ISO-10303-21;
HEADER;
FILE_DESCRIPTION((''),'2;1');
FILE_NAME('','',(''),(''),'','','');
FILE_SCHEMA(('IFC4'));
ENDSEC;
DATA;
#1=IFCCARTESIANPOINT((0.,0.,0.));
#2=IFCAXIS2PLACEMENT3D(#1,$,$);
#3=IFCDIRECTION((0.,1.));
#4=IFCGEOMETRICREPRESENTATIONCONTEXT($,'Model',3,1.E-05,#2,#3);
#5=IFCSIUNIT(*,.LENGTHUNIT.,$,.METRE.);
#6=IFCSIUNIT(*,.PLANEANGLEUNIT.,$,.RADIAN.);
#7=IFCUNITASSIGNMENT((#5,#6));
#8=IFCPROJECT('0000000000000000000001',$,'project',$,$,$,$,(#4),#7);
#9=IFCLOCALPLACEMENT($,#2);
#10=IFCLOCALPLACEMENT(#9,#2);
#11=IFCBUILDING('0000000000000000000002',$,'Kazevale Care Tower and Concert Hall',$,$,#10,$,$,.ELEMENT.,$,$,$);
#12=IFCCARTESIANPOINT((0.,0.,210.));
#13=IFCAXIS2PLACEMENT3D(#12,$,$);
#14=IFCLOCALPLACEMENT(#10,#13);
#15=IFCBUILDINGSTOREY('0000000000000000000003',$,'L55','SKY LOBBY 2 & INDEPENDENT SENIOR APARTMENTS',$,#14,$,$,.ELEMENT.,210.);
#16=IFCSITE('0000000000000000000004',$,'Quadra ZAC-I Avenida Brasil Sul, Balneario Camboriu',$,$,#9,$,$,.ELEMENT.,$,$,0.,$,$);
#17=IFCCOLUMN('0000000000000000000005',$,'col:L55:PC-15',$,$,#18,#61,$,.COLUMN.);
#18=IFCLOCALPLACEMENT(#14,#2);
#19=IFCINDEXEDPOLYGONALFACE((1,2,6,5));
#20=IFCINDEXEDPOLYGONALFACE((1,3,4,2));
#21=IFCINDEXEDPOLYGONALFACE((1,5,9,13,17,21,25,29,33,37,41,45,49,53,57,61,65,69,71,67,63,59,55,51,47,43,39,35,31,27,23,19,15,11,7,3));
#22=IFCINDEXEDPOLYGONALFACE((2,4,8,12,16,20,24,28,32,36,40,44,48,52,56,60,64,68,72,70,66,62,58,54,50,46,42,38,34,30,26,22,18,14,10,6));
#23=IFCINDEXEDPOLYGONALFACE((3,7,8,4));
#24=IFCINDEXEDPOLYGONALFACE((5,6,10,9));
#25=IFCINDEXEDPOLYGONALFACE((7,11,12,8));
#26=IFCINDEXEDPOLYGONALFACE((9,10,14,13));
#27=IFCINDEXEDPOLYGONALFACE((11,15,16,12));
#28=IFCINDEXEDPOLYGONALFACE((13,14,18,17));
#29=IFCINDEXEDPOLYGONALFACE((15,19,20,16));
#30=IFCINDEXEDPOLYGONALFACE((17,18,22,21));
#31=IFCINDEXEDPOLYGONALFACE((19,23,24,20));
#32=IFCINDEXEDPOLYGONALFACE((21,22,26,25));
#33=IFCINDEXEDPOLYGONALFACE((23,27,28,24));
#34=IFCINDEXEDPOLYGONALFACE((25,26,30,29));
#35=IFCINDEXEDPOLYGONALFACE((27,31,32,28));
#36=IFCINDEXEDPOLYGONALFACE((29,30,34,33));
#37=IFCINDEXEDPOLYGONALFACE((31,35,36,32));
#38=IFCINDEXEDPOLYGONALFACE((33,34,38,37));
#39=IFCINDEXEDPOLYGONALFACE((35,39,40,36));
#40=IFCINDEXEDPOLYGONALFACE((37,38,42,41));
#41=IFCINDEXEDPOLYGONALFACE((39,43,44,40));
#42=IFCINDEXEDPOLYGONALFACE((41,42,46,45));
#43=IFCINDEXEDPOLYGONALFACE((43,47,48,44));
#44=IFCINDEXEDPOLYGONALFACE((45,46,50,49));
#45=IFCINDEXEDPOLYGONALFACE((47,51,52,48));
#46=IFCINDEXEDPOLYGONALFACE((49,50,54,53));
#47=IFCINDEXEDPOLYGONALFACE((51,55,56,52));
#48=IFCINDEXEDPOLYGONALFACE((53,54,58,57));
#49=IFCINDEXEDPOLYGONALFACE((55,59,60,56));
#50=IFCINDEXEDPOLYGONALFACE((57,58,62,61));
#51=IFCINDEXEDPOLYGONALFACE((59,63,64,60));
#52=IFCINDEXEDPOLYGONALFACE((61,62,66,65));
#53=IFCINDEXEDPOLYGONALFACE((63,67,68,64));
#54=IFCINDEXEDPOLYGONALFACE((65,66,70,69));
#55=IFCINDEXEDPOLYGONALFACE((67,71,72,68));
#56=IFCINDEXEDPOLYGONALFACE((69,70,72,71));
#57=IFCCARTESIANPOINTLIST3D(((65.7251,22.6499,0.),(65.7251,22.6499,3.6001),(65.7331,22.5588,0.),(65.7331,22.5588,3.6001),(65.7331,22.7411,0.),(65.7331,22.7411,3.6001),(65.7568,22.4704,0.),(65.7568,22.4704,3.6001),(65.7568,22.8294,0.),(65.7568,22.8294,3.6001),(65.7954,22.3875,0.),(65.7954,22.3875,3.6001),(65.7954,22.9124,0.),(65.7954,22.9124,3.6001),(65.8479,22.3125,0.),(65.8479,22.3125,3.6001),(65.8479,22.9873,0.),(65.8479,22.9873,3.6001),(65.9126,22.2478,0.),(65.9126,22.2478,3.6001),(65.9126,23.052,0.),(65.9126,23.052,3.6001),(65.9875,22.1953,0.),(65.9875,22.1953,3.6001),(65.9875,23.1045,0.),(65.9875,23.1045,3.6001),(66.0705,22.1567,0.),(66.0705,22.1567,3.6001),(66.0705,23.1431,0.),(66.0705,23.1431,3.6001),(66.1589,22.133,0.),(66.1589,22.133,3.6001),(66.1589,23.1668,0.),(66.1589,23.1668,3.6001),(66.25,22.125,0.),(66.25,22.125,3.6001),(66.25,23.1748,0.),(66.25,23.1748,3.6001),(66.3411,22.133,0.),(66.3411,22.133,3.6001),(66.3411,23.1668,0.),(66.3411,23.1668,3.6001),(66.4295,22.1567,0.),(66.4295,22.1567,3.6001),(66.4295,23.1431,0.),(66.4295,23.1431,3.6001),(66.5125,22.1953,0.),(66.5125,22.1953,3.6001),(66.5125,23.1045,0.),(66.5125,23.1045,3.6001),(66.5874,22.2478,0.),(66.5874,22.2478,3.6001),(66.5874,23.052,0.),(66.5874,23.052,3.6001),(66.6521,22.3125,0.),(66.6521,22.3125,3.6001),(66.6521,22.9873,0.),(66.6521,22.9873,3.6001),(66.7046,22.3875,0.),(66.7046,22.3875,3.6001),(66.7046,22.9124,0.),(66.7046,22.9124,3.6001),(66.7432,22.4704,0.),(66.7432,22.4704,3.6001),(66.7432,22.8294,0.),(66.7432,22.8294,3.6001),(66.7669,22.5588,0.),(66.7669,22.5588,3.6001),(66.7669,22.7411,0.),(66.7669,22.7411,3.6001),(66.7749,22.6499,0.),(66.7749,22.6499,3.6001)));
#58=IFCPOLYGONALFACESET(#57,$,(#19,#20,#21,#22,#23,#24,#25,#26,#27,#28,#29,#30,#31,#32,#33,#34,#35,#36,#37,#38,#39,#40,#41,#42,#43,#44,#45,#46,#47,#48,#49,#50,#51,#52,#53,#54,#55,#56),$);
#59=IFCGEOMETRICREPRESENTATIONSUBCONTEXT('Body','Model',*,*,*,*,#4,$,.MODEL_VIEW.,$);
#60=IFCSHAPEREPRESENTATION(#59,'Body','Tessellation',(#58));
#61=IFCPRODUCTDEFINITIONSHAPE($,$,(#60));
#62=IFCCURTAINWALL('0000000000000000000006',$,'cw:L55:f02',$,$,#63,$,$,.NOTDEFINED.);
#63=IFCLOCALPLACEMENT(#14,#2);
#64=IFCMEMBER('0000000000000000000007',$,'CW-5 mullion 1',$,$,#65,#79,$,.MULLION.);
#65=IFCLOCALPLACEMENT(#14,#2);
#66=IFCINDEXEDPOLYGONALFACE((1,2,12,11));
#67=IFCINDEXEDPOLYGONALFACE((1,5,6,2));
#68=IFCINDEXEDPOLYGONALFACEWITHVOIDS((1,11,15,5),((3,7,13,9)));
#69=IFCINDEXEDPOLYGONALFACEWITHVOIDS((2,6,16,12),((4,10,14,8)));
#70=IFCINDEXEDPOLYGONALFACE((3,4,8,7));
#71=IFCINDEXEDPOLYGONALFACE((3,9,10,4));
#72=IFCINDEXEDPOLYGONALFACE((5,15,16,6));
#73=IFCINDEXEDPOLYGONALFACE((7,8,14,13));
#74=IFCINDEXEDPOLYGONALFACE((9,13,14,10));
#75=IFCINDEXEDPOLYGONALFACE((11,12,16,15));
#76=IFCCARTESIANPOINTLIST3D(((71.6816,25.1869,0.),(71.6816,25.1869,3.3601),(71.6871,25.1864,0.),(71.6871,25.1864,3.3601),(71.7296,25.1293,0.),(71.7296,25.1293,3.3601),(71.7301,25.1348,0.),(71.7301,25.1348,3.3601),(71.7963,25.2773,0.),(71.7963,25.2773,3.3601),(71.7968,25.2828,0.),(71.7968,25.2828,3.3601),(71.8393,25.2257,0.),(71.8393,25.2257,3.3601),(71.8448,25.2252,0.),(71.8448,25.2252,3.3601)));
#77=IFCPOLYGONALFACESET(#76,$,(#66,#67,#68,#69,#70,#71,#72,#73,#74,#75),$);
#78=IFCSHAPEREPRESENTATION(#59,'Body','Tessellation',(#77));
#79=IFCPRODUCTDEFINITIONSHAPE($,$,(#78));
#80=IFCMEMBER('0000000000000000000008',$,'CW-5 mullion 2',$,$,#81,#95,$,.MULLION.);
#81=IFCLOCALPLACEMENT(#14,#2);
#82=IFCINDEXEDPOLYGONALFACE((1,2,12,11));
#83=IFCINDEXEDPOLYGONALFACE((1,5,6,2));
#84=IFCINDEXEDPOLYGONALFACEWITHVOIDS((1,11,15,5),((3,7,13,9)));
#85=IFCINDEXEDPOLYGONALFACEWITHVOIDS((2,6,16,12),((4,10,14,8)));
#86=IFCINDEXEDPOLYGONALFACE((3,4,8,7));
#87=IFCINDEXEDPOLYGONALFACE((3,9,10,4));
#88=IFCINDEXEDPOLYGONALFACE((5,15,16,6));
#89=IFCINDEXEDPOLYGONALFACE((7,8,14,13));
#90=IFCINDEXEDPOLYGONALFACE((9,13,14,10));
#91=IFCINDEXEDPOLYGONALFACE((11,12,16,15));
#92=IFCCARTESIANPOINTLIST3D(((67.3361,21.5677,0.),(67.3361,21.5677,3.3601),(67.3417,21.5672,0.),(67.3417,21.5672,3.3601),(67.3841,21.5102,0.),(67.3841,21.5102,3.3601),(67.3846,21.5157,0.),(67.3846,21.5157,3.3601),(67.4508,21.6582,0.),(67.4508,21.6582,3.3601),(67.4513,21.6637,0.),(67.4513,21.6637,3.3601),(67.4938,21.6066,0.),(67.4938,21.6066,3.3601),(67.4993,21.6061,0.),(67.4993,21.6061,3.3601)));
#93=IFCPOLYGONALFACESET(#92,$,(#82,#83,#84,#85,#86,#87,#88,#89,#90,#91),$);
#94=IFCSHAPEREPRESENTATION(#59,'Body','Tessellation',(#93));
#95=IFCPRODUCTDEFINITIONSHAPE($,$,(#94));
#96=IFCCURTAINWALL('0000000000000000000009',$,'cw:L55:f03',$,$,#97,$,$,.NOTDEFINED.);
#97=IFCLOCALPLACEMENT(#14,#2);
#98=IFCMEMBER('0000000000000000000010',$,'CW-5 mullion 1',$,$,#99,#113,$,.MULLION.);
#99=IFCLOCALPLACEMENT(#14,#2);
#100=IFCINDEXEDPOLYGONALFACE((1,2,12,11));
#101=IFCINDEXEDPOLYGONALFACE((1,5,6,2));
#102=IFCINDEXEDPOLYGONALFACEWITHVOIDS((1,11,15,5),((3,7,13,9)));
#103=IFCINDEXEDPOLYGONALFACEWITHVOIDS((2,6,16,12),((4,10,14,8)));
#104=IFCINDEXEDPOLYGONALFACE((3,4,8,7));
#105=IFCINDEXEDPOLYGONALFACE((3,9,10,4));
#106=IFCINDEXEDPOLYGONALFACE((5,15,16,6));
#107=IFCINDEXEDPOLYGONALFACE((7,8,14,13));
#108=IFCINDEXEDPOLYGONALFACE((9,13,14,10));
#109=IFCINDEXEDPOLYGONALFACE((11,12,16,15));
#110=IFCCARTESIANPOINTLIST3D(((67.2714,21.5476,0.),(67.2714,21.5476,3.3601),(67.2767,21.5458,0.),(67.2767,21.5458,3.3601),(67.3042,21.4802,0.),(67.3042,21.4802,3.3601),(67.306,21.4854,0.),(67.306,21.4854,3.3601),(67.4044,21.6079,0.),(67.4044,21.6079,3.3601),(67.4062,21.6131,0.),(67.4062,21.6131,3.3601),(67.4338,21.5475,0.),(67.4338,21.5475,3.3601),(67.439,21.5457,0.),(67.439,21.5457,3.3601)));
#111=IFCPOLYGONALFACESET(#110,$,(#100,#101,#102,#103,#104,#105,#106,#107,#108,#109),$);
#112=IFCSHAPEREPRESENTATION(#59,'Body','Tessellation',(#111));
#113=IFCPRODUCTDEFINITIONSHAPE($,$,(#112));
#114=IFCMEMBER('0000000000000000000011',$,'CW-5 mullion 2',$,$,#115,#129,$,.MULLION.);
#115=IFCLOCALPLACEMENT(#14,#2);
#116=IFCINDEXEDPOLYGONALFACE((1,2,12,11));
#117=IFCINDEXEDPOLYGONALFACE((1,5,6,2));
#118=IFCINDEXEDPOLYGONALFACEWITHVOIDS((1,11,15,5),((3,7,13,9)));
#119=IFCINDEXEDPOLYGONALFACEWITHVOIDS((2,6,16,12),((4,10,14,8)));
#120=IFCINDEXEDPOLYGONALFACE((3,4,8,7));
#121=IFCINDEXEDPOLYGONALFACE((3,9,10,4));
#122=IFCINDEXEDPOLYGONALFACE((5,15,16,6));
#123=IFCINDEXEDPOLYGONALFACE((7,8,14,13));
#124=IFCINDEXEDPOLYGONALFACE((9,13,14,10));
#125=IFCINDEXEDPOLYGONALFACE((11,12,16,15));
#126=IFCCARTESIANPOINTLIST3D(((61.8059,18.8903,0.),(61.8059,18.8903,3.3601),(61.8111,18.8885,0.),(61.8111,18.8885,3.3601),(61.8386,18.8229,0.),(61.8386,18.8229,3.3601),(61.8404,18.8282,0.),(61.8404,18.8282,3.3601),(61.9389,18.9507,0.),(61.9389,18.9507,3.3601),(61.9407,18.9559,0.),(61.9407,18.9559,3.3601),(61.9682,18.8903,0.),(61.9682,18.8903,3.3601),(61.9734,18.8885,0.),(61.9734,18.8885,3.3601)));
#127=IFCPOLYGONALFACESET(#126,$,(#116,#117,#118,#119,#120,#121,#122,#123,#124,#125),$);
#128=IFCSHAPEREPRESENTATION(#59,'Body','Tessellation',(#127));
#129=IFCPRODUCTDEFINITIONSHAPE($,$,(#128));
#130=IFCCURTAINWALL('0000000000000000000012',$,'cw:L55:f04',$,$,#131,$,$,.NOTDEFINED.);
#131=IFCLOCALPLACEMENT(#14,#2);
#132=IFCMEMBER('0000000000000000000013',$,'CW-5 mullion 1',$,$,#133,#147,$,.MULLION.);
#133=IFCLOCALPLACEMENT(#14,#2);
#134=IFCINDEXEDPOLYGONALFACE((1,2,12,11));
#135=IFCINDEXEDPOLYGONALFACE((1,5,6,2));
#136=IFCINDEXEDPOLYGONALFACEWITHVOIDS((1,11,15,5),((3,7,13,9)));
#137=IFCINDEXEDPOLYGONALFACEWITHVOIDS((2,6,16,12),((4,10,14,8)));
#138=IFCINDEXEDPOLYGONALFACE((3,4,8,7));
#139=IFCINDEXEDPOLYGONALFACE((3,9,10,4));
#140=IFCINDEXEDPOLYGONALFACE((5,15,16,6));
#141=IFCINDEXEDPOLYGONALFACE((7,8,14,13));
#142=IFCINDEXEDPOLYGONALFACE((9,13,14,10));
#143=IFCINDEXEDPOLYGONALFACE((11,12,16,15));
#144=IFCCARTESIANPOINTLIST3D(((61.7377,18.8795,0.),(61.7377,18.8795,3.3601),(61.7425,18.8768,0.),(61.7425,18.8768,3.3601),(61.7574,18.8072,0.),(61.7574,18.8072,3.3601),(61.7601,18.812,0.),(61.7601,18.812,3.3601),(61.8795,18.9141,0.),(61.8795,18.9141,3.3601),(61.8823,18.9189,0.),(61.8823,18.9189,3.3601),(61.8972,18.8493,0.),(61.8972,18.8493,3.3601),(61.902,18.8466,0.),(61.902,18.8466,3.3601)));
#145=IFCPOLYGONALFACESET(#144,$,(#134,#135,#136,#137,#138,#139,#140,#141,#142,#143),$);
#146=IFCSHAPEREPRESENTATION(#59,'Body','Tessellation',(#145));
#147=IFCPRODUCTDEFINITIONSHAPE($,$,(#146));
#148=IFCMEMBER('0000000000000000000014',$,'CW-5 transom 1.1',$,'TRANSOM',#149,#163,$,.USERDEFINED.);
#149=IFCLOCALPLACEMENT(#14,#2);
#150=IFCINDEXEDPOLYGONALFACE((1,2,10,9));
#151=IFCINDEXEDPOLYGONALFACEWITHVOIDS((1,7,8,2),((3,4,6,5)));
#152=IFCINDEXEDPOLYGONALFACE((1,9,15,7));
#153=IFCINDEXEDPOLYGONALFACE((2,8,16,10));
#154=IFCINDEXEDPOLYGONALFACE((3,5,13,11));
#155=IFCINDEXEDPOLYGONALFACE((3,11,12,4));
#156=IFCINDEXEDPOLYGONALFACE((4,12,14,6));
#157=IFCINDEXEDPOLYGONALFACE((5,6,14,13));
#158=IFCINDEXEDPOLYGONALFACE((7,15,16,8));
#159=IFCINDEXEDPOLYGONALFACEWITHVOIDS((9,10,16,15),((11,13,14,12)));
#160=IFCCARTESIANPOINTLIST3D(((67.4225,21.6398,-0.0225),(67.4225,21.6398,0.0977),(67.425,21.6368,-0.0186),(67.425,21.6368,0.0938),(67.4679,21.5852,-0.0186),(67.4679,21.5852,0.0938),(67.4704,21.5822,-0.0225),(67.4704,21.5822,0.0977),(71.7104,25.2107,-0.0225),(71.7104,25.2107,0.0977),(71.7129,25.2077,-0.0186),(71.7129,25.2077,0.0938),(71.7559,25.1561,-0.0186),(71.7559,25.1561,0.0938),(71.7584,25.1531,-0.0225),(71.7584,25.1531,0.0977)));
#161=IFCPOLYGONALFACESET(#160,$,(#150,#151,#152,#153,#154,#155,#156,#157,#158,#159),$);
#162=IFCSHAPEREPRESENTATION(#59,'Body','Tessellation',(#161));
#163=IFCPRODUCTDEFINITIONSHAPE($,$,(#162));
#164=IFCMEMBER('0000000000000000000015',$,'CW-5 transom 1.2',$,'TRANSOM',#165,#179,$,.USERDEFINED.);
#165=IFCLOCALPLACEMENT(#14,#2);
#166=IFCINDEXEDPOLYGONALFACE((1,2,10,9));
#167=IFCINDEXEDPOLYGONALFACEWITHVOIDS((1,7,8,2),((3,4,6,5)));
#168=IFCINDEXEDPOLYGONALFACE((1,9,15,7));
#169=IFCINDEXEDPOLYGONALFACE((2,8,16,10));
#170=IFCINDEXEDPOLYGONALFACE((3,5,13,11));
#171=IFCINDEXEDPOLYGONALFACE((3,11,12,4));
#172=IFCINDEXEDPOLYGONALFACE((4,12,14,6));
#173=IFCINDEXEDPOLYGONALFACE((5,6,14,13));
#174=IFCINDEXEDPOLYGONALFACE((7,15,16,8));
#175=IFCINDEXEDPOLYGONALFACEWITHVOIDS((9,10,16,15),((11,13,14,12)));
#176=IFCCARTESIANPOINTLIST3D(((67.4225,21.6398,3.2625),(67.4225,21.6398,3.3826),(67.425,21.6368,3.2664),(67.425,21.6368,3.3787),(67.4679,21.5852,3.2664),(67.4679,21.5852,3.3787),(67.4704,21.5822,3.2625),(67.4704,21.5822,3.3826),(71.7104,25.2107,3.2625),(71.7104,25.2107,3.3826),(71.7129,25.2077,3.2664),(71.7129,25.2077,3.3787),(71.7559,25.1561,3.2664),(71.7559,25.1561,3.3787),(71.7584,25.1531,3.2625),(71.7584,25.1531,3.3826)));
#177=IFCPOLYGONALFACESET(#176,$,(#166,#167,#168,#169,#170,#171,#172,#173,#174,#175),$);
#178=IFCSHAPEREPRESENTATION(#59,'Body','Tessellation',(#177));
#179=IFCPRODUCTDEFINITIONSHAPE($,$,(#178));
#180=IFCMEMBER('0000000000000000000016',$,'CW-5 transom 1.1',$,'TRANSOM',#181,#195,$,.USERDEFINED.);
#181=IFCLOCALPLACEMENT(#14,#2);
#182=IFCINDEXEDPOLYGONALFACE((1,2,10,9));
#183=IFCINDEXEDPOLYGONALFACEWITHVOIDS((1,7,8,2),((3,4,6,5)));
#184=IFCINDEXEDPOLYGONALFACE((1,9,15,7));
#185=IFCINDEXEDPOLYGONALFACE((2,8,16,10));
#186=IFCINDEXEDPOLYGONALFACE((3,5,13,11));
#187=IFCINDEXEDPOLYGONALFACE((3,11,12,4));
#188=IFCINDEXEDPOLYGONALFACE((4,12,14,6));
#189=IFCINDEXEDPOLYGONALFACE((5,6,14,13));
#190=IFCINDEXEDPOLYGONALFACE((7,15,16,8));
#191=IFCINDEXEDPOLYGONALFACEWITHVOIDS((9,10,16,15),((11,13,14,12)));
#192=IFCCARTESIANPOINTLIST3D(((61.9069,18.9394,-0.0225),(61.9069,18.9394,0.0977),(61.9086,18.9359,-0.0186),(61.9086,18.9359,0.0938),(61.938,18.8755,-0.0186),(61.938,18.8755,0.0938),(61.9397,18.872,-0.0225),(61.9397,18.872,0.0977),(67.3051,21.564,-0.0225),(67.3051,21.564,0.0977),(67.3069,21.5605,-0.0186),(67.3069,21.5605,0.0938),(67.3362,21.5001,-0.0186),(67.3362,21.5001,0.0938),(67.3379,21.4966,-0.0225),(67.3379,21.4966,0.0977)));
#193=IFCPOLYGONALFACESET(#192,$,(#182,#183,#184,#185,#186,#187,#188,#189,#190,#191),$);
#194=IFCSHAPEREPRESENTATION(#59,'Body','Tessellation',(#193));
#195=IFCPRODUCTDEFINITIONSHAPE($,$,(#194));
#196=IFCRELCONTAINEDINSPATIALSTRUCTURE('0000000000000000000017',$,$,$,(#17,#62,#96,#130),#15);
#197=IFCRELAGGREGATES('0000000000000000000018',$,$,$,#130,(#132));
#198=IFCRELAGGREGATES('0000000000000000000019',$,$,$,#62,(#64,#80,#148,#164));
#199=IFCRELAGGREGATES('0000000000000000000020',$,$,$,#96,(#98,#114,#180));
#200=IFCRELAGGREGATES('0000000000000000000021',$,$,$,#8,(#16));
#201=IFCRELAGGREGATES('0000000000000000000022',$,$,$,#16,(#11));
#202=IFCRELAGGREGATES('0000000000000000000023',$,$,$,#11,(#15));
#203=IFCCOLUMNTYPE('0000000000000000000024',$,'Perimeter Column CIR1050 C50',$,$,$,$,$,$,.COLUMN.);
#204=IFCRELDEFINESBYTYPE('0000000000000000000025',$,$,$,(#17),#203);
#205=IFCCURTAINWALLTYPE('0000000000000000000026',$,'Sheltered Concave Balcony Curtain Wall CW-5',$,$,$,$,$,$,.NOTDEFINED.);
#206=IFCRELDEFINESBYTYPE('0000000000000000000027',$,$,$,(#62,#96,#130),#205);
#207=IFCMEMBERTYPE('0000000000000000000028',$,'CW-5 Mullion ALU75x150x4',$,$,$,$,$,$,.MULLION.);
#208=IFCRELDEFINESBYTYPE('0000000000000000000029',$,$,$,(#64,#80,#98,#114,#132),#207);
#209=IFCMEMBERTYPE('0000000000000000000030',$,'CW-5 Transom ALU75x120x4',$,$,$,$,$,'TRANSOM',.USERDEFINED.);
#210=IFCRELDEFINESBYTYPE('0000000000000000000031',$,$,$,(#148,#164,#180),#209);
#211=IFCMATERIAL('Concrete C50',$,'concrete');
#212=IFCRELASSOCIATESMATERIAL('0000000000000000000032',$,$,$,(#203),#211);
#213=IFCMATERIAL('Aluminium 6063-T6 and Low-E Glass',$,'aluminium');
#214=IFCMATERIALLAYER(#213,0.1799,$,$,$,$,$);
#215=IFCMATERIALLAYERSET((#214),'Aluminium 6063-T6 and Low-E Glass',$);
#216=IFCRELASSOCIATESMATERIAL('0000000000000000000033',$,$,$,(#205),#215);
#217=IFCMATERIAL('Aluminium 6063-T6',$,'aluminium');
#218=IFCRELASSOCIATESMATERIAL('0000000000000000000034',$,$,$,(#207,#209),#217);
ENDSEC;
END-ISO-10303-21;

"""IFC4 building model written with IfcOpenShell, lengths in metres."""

from ifc_helpers import new_model, si_unit, direction, frame, origin, origin_2d, place, context, subcontext, project, spatial, hollow_rectangle, circle, extrude, material, layer, layer_set, material_profile, profile_set, type_object, element, aggregate, save


model = new_model("IFC4")

# Units and contexts
model_context = context("Model", 3, precision=1e-05, world=origin(), true_north=direction((0.0, 1.0)))
body_context = subcontext(model_context, "Body", "Model", "MODEL_VIEW")
ifc_project = project(units=[si_unit("LENGTHUNIT", "METRE"), si_unit("PLANEANGLEUNIT", "RADIAN")], contexts=[model_context])

# Site, building, storey
site_placement = place(None, origin())
site = spatial("IfcSite", under=ifc_project, at=site_placement, Name="Quadra ZAC-I Avenida Brasil Sul, Balneario Camboriu", CompositionType="ELEMENT", RefElevation=0.0)
building_placement = place(site_placement, origin())
building = spatial("IfcBuilding", under=site, at=building_placement, Name="Kazevale Care Tower and Concert Hall", CompositionType="ELEMENT")
storey_placement = place(building_placement, frame((0.0, 0.0, 210.0)))
storey = spatial("IfcBuildingStorey", under=building, at=storey_placement, Name="L55", Description="SKY LOBBY 2 & INDEPENDENT SENIOR APARTMENTS", CompositionType="ELEMENT", Elevation=210.0)

# Column
ifc_material_1 = material(Name="Concrete C50", Category="concrete")
ifc_material_profile_1 = material_profile(ifc_material_1, circle(Radius=0.5249, at=origin_2d()), Name="RC-CIR1050")
ifc_profile_set_1 = profile_set([ifc_material_profile_1], Name="Concrete C50")
column_type = type_object("IfcColumnType", Name="Perimeter Column CIR1050 C50", PredefinedType="COLUMN", material=ifc_profile_set_1)
column_placement = place(storey_placement, frame((66.25, 22.6499, 0.0), z_axis=(0.0, 0.0, 1.0), x_axis=(1.0, 0.0, 0.0)))
element("IfcColumn", 1, at=column_placement, inside=storey, type_object=column_type, Name="col:L55:PC-15", PredefinedType="COLUMN", context=body_context, shape_type="SweptSolid", body=[
    extrude(circle(Radius=0.5249, at=origin_2d()), origin(), (0.0, 0.0, 1.0), 3.6001),
])

# Curtain walls, members
ifc_material_2 = material(Name="Aluminium 6063-T6 and Low-E Glass", Category="aluminium")
ifc_layer_1 = layer(ifc_material_2, 0.1799)
ifc_layer_set_1 = layer_set([ifc_layer_1], Name="Aluminium 6063-T6 and Low-E Glass")
curtain_wall_type = type_object("IfcCurtainWallType", Name="Sheltered Concave Balcony Curtain Wall CW-5", PredefinedType="NOTDEFINED", material=ifc_layer_set_1)
curtain_wall_1_placement = place(storey_placement, origin())
curtain_wall_1 = element("IfcCurtainWall", 2, at=curtain_wall_1_placement, inside=storey, type_object=curtain_wall_type, Name="cw:L55:f02", PredefinedType="NOTDEFINED")
ifc_material_3 = material(Name="Aluminium 6063-T6", Category="aluminium")
ifc_material_profile_2 = material_profile(ifc_material_3, hollow_rectangle(XDim=0.075, YDim=0.1499, WallThickness=0.0039, at=origin_2d()), Name="ALU75x150x4")
ifc_profile_set_2 = profile_set([ifc_material_profile_2], Name="Aluminium 6063-T6")
member_type_1 = type_object("IfcMemberType", Name="CW-5 Mullion ALU75x150x4", PredefinedType="MULLION", material=ifc_profile_set_2)
member_1_placement = place(storey_placement, frame((71.7632, 25.2061, 0.0), z_axis=(0.0, 0.0, 1.0), x_axis=(0.639961, -0.768407, 0.0)))
member_1 = element("IfcMember", 3, at=member_1_placement, type_object=member_type_1, Name="CW-5 mullion 1", PredefinedType="MULLION", context=body_context, shape_type="SweptSolid", body=[
    extrude(hollow_rectangle(XDim=0.075, YDim=0.1499, WallThickness=0.0039, at=origin_2d()), origin(), (0.0, 0.0, 1.0), 3.3601),
])
member_2_placement = place(storey_placement, frame((67.4177, 21.5869, 0.0), z_axis=(0.0, 0.0, 1.0), x_axis=(0.639961, -0.768407, 0.0)))
member_2 = element("IfcMember", 4, at=member_2_placement, type_object=member_type_1, Name="CW-5 mullion 2", PredefinedType="MULLION", context=body_context, shape_type="SweptSolid", body=[
    extrude(hollow_rectangle(XDim=0.075, YDim=0.1499, WallThickness=0.0039, at=origin_2d()), origin(), (0.0, 0.0, 1.0), 3.3601),
])
curtain_wall_2_placement = place(storey_placement, origin())
curtain_wall_2 = element("IfcCurtainWall", 5, at=curtain_wall_2_placement, inside=storey, type_object=curtain_wall_type, Name="cw:L55:f03", PredefinedType="NOTDEFINED")
member_3_placement = place(storey_placement, frame((67.3552, 21.5466, 0.0), z_axis=(0.0, 0.0, 1.0), x_axis=(0.437238, -0.899346, 0.0)))
member_3 = element("IfcMember", 6, at=member_3_placement, type_object=member_type_1, Name="CW-5 mullion 1", PredefinedType="MULLION", context=body_context, shape_type="SweptSolid", body=[
    extrude(hollow_rectangle(XDim=0.075, YDim=0.1499, WallThickness=0.0039, at=origin_2d()), origin(), (0.0, 0.0, 1.0), 3.3601),
])
member_4_placement = place(storey_placement, frame((61.8896, 18.8894, 0.0), z_axis=(0.0, 0.0, 1.0), x_axis=(0.437238, -0.899346, 0.0)))
member_4 = element("IfcMember", 7, at=member_4_placement, type_object=member_type_1, Name="CW-5 mullion 2", PredefinedType="MULLION", context=body_context, shape_type="SweptSolid", body=[
    extrude(hollow_rectangle(XDim=0.075, YDim=0.1499, WallThickness=0.0039, at=origin_2d()), origin(), (0.0, 0.0, 1.0), 3.3601),
])

# Curtain wall, member
curtain_wall_3_placement = place(storey_placement, origin())
curtain_wall_3 = element("IfcCurtainWall", 8, at=curtain_wall_3_placement, inside=storey, type_object=curtain_wall_type, Name="cw:L55:f04", PredefinedType="NOTDEFINED")
member_5_placement = place(storey_placement, frame((61.8198, 18.863, 0.0), z_axis=(0.0, 0.0, 1.0), x_axis=(0.262849, -0.964837, 0.0)))
member_5 = element("IfcMember", 9, at=member_5_placement, type_object=member_type_1, Name="CW-5 mullion 1", PredefinedType="MULLION", context=body_context, shape_type="SweptSolid", body=[
    extrude(hollow_rectangle(XDim=0.075, YDim=0.1499, WallThickness=0.0039, at=origin_2d()), origin(), (0.0, 0.0, 1.0), 3.3601),
])

# Members
ifc_material_profile_3 = material_profile(ifc_material_3, hollow_rectangle(XDim=0.075, YDim=0.1201, WallThickness=0.0039, at=origin_2d()), Name="ALU75x120x4")
ifc_profile_set_3 = profile_set([ifc_material_profile_3], Name="Aluminium 6063-T6")
member_type_2 = type_object("IfcMemberType", Name="CW-5 Transom ALU75x120x4", ElementType="TRANSOM", PredefinedType="USERDEFINED", material=ifc_profile_set_3)
member_6_placement = place(storey_placement, frame((71.7344, 25.1819, 0.0376), z_axis=(-0.768433, -0.63993, 0.0), x_axis=(0.63993, -0.768433, 0.0)))
member_6 = element("IfcMember", 10, at=member_6_placement, type_object=member_type_2, Name="CW-5 transom 1.1", ObjectType="TRANSOM", PredefinedType="USERDEFINED", context=body_context, shape_type="SweptSolid", body=[
    extrude(hollow_rectangle(XDim=0.075, YDim=0.1201, WallThickness=0.0039, at=origin_2d()), origin(), (0.0, 0.0, 1.0), 5.5801),
])
member_7_placement = place(storey_placement, frame((71.7344, 25.1819, 3.3225), z_axis=(-0.768433, -0.63993, 0.0), x_axis=(0.63993, -0.768433, 0.0)))
member_7 = element("IfcMember", 11, at=member_7_placement, type_object=member_type_2, Name="CW-5 transom 1.2", ObjectType="TRANSOM", PredefinedType="USERDEFINED", context=body_context, shape_type="SweptSolid", body=[
    extrude(hollow_rectangle(XDim=0.075, YDim=0.1201, WallThickness=0.0039, at=origin_2d()), origin(), (0.0, 0.0, 1.0), 5.5801),
])
member_8_placement = place(storey_placement, frame((67.3215, 21.5303, 0.0376), z_axis=(-0.899342, -0.437245, 0.0), x_axis=(0.437245, -0.899342, 0.0)))
member_8 = element("IfcMember", 12, at=member_8_placement, type_object=member_type_2, Name="CW-5 transom 1.1", ObjectType="TRANSOM", PredefinedType="USERDEFINED", context=body_context, shape_type="SweptSolid", body=[
    extrude(hollow_rectangle(XDim=0.075, YDim=0.1201, WallThickness=0.0039, at=origin_2d()), origin(), (0.0, 0.0, 1.0), 6.0024),
])
aggregate(curtain_wall_3, [member_5])

aggregate(curtain_wall_1, [member_1, member_2, member_6, member_7])
aggregate(curtain_wall_2, [member_3, member_4, member_8])

save(model, "model.ifc")
